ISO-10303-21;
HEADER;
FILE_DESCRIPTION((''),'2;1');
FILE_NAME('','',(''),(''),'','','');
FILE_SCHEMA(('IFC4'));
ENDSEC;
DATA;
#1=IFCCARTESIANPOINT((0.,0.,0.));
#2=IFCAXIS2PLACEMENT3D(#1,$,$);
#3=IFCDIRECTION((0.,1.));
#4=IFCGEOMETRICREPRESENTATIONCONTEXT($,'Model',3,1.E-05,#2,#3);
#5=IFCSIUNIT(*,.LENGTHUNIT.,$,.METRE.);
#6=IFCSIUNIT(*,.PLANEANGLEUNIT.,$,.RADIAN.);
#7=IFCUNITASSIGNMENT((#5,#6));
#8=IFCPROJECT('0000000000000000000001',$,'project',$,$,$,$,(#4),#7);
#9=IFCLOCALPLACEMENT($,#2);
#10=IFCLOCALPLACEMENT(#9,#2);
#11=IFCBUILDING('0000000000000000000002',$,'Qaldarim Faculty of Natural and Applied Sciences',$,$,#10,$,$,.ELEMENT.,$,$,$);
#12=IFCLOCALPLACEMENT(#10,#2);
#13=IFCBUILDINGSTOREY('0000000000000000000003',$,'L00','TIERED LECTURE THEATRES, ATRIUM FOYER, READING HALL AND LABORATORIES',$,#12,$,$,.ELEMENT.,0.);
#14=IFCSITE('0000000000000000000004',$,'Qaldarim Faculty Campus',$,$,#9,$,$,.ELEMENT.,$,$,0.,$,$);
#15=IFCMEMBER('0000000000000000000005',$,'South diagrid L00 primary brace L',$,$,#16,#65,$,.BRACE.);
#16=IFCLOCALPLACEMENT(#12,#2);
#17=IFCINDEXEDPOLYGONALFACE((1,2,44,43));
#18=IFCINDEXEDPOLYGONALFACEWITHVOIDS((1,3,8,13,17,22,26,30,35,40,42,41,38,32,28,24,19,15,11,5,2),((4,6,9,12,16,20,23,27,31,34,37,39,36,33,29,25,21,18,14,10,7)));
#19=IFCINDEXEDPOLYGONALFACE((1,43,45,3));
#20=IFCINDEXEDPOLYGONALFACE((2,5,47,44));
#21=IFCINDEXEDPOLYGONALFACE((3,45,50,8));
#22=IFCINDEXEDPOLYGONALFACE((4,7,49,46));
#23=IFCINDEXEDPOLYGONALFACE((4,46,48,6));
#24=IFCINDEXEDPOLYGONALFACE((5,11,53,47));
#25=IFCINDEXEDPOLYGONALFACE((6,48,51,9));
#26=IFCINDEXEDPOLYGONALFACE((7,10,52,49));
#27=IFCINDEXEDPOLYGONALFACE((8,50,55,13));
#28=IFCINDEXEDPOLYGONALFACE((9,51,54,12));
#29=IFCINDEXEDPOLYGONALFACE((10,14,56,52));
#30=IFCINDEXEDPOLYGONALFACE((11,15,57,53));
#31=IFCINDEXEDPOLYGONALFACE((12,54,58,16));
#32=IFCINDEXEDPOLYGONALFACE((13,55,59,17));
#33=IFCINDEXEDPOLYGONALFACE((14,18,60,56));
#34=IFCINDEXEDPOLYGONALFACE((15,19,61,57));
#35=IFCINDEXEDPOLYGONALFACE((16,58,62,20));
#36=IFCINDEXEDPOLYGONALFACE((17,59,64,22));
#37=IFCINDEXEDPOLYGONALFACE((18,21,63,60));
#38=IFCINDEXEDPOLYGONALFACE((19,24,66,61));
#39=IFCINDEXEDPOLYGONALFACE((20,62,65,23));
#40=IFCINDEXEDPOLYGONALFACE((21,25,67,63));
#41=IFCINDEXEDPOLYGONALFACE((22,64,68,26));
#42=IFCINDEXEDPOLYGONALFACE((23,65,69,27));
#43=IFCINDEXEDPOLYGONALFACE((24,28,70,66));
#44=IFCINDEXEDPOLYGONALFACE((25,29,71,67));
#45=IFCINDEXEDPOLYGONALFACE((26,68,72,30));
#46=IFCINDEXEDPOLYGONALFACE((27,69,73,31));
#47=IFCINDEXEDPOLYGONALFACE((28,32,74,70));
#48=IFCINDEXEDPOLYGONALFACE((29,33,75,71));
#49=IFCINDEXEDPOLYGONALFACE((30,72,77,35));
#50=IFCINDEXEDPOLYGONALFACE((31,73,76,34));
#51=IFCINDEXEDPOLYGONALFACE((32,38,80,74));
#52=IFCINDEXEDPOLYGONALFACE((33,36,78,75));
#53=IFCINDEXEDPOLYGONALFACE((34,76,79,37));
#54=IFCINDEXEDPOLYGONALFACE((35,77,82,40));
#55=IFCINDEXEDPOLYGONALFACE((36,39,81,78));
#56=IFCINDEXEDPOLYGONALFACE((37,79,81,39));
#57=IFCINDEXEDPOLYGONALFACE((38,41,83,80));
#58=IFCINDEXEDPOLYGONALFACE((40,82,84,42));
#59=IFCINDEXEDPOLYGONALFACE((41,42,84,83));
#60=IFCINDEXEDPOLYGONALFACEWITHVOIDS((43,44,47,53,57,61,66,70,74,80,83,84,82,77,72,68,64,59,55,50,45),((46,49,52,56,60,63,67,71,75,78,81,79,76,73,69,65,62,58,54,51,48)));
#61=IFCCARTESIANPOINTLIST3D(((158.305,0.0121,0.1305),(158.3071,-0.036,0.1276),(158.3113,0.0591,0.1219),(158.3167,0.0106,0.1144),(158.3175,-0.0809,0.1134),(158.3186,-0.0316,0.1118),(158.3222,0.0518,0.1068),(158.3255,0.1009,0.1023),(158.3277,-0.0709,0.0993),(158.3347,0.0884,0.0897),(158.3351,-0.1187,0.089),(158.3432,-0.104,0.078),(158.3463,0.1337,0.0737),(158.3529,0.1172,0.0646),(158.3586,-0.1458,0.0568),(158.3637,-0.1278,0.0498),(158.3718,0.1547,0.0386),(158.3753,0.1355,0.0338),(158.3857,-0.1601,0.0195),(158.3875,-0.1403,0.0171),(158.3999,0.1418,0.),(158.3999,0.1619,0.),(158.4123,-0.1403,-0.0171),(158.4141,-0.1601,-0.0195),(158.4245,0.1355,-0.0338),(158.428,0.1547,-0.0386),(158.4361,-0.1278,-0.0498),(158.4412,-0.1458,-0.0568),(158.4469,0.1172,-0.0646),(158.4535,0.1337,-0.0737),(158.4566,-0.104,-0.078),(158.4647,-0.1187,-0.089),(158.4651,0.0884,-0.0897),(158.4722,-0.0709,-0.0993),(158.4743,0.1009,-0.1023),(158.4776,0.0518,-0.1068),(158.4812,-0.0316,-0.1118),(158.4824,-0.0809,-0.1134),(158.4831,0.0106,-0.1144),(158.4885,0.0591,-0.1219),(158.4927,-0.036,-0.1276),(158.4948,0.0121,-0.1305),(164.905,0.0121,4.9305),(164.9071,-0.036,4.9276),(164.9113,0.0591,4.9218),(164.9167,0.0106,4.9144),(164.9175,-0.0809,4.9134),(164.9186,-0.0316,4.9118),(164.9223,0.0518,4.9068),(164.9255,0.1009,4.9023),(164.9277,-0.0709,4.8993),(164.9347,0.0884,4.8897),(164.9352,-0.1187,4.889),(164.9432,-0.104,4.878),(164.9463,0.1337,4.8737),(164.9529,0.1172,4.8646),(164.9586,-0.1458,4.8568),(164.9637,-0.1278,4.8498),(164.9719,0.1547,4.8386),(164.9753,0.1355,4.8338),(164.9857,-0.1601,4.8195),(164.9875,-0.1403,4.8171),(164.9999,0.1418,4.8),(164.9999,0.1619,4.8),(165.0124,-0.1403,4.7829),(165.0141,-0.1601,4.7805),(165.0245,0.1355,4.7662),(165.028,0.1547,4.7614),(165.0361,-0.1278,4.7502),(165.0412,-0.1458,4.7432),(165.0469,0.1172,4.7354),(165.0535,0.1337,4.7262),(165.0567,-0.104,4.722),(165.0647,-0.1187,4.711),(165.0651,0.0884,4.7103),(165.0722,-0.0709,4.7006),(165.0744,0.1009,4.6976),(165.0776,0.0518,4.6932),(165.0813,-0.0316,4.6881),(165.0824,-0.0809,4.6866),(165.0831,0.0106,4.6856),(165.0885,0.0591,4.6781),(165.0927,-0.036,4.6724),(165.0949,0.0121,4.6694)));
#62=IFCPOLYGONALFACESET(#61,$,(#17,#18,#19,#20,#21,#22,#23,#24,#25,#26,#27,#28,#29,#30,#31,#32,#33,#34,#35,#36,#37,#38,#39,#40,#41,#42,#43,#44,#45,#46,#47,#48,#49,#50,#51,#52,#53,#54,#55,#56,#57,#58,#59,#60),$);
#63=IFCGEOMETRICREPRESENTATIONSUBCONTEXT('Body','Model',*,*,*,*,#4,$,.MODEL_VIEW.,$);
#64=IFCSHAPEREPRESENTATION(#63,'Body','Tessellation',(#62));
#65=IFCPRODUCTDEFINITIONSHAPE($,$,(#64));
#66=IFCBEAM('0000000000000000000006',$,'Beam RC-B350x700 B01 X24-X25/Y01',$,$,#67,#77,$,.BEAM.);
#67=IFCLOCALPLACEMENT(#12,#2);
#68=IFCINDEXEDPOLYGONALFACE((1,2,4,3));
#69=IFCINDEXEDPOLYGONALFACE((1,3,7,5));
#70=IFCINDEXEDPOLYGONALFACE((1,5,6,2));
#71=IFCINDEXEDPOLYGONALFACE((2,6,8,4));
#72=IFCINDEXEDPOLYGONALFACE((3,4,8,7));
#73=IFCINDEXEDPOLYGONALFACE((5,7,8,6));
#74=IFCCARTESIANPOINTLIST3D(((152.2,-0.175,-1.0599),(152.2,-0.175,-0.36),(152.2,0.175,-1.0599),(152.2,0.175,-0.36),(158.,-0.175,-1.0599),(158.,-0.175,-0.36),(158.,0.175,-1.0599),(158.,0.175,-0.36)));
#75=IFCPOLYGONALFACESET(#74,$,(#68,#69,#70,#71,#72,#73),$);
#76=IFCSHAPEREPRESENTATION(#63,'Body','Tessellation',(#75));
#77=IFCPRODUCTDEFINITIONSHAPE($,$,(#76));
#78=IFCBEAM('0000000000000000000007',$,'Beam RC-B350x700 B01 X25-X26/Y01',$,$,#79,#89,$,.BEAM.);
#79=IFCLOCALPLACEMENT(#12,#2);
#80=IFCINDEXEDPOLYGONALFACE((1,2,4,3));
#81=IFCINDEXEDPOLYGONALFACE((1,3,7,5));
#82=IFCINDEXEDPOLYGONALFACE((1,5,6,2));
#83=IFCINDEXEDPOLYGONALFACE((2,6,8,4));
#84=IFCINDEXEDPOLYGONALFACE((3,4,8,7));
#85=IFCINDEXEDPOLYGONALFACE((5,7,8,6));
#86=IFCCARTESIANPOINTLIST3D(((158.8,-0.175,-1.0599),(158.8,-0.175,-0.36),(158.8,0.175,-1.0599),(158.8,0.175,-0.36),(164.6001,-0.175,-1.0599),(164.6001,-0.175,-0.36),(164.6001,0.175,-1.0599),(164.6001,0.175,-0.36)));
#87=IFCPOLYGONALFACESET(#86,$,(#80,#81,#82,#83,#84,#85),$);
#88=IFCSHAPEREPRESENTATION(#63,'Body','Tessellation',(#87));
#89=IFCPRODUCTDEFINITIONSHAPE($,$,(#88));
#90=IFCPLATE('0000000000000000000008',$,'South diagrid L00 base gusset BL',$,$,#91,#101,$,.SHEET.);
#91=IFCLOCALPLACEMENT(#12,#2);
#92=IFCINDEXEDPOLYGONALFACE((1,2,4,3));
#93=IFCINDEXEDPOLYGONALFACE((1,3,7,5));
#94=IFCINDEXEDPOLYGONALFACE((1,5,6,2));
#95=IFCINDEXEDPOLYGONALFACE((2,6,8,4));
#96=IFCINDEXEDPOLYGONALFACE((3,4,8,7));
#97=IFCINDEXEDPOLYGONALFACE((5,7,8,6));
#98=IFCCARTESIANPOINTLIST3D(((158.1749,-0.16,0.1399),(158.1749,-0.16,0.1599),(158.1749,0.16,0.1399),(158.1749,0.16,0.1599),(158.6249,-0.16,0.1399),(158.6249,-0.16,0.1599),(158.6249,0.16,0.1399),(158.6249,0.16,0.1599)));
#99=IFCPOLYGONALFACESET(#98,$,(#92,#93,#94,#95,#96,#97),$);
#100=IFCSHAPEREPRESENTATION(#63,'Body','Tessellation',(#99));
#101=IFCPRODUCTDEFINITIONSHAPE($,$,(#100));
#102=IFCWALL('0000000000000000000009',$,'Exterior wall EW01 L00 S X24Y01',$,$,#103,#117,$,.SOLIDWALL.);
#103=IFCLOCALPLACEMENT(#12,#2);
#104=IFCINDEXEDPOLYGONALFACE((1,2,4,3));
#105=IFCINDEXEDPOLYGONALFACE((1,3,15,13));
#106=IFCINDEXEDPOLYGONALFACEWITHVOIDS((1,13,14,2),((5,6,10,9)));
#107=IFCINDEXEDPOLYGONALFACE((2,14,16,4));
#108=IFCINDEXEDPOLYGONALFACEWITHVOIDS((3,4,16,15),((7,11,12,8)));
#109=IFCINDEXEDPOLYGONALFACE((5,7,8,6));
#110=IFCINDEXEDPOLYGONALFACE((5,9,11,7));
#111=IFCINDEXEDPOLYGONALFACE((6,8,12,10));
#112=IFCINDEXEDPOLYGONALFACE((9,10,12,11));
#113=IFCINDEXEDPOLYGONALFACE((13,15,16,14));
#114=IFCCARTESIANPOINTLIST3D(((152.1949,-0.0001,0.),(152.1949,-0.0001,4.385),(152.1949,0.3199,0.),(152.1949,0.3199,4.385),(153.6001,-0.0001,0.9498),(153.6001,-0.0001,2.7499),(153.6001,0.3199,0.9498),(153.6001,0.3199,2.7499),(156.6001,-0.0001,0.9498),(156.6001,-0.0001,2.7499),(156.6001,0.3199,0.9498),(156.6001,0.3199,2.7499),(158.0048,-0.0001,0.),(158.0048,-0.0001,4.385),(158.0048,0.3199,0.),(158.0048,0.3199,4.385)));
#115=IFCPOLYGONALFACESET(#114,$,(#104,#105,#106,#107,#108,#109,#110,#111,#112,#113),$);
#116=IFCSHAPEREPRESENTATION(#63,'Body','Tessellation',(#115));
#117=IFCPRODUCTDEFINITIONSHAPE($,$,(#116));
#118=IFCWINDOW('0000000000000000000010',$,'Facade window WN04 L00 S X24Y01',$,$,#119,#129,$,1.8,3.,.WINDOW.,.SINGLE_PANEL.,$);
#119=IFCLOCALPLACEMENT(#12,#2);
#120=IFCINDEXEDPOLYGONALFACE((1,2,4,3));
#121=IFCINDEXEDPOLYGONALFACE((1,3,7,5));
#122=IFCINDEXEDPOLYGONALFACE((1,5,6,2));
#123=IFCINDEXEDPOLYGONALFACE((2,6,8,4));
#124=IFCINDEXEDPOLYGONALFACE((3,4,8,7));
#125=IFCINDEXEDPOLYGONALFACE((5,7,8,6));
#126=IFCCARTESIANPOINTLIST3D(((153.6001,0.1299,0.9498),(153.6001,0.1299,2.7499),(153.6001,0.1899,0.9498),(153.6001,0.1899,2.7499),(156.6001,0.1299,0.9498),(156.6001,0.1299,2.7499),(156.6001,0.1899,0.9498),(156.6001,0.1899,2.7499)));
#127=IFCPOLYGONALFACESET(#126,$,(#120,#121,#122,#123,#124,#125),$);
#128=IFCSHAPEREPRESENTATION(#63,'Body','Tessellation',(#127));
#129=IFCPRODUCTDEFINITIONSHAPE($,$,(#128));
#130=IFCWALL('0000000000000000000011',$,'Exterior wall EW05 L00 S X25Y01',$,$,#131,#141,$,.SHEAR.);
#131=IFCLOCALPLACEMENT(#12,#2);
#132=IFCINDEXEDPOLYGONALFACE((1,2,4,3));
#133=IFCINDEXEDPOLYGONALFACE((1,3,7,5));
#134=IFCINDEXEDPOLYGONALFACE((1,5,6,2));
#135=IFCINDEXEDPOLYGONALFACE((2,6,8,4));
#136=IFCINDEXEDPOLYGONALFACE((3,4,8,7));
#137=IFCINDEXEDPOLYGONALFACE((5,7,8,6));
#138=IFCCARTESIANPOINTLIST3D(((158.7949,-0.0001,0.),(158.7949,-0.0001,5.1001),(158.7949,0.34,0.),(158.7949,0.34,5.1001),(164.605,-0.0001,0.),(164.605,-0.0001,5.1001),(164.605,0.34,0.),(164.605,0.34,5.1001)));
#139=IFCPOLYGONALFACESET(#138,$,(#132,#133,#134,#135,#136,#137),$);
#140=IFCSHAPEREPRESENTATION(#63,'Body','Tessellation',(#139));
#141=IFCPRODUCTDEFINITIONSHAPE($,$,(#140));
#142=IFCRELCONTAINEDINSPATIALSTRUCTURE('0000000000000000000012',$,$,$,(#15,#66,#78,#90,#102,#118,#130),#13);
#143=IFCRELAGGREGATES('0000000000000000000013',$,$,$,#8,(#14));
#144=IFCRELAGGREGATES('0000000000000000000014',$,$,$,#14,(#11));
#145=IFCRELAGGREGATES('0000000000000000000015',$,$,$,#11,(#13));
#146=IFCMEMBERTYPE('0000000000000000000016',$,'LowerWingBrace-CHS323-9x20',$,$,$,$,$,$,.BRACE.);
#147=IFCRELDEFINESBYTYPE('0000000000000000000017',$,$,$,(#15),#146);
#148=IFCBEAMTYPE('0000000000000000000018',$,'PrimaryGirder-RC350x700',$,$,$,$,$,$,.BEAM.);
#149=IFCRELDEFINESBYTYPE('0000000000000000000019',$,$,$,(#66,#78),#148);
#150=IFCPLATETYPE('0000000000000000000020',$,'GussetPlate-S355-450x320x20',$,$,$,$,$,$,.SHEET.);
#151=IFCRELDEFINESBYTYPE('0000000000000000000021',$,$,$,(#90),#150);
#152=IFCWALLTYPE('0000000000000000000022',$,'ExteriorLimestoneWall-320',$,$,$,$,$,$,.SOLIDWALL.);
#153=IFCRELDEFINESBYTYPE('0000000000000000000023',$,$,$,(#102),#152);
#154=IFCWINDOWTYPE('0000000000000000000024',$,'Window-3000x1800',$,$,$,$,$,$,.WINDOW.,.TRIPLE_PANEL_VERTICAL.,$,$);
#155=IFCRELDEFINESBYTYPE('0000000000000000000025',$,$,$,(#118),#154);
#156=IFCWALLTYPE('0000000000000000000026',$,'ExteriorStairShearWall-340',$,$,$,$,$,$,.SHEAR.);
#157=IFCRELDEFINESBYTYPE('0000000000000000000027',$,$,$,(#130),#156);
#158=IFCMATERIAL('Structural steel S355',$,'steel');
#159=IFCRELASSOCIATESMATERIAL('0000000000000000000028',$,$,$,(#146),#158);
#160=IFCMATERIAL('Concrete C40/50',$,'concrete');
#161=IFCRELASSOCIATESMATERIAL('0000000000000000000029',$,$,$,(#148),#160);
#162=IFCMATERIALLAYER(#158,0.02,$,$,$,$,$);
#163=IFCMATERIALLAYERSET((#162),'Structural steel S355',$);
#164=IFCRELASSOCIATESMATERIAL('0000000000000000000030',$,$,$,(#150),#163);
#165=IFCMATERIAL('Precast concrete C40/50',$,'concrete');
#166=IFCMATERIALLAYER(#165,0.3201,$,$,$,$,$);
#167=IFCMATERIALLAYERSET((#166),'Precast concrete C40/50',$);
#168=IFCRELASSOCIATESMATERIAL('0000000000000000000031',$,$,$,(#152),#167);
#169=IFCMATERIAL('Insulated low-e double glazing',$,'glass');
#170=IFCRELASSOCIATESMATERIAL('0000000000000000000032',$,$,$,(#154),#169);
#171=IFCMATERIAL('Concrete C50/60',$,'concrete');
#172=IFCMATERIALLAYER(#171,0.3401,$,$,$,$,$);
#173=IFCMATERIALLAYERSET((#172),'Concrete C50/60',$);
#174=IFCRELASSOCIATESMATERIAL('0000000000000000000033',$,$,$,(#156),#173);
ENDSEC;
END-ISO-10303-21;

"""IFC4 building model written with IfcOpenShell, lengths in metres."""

from ifc_helpers import new_model, si_unit, direction, frame, frame_2d, origin, origin_2d, place, context, subcontext, project, spatial, rectangle, hollow_circle, extrude, material, layer, layer_set, material_profile, profile_set, type_object, element, fill, save


model = new_model("IFC4")

# Units and contexts
model_context = context("Model", 3, precision=1e-05, world=origin(), true_north=direction((0.0, 1.0)))
body_context = subcontext(model_context, "Body", "Model", "MODEL_VIEW")
ifc_project = project(units=[si_unit("LENGTHUNIT", "METRE"), si_unit("PLANEANGLEUNIT", "RADIAN")], contexts=[model_context])

# Site, building, storey
site_placement = place(None, origin())
site = spatial("IfcSite", under=ifc_project, at=site_placement, Name="Qaldarim Faculty Campus", CompositionType="ELEMENT", RefElevation=0.0)
building_placement = place(site_placement, origin())
building = spatial("IfcBuilding", under=site, at=building_placement, Name="Qaldarim Faculty of Natural and Applied Sciences", CompositionType="ELEMENT")
storey_placement = place(building_placement, origin())
storey = spatial("IfcBuildingStorey", under=building, at=storey_placement, Name="L00", Description="TIERED LECTURE THEATRES, ATRIUM FOYER, READING HALL AND LABORATORIES", CompositionType="ELEMENT", Elevation=0.0)

# Shared definitions
ifc_material_1 = material(Name="Concrete C40/50", Category="concrete")

# Shared definitions
ifc_material_2 = material(Name="Concrete C50/60", Category="concrete")

# Member
ifc_material_3 = material(Name="Structural steel S355", Category="steel")
ifc_material_profile_1 = material_profile(ifc_material_3, hollow_circle(Radius=0.1619, WallThickness=0.02, at=origin_2d()), Name="CHS 323.9x20.0")
ifc_profile_set_1 = profile_set([ifc_material_profile_1], Name="Structural steel S355")
member_type = type_object("IfcMemberType", Name="LowerWingBrace-CHS323-9x20", PredefinedType="BRACE", material=ifc_profile_set_1)
member_placement = place(storey_placement, frame((158.3999, 0.0, 0.0), z_axis=(0.808737, 0.0, 0.58817), x_axis=(0.0, 1.0, 0.0)))
element("IfcMember", 1, at=member_placement, inside=storey, type_object=member_type, Name="South diagrid L00 primary brace L", PredefinedType="BRACE", context=body_context, shape_type="SweptSolid", body=[
    extrude(hollow_circle(Radius=0.1619, WallThickness=0.02, at=origin_2d()), origin(), (0.0, 0.0, 1.0), 8.1609),
])

# Beams
ifc_material_profile_2 = material_profile(ifc_material_1, rectangle(XDim=0.3501, YDim=0.7, at=origin_2d()), Name="RC-B350x700")
ifc_profile_set_2 = profile_set([ifc_material_profile_2], Name="Concrete C40/50")
beam_type_1 = type_object("IfcBeamType", Name="PrimaryGirder-RC350x700", PredefinedType="BEAM", material=ifc_profile_set_2)
for number, where, z_axis, x_axis, name in (
    (2, (152.2, 0.0, -0.71), (1.0, 0.0, 0.0), (0.0, 1.0, 0.0), "Beam RC-B350x700 B01 X24-X25/Y01"),
    (3, (158.8, 0.0, -0.71), (1.0, 0.0, 0.0), (0.0, 1.0, 0.0), "Beam RC-B350x700 B01 X25-X26/Y01"),
):
    element("IfcBeam", number, at=place(storey_placement, frame(where, z_axis=z_axis, x_axis=x_axis)), inside=storey, type_object=beam_type_1, Name=name, PredefinedType="BEAM", context=body_context, shape_type="SweptSolid", body=[
        extrude(rectangle(XDim=0.3501, YDim=0.7, at=origin_2d()), origin(), (0.0, 0.0, 1.0), 5.8),
    ])

# Plate
ifc_layer_1 = layer(ifc_material_3, 0.02)
ifc_layer_set_1 = layer_set([ifc_layer_1], Name="Structural steel S355")
plate_type = type_object("IfcPlateType", Name="GussetPlate-S355-450x320x20", PredefinedType="SHEET", material=ifc_layer_set_1)
plate_placement = place(storey_placement, frame((158.3999, 0.0, 0.1399), z_axis=(0.0, 0.0, 1.0), x_axis=(1.0, 0.0, 0.0)))
element("IfcPlate", 4, at=plate_placement, inside=storey, type_object=plate_type, Name="South diagrid L00 base gusset BL", PredefinedType="SHEET", context=body_context, shape_type="SweptSolid", body=[
    extrude(rectangle(XDim=0.45, YDim=0.3201, at=origin_2d()), origin(), (0.0, 0.0, 1.0), 0.02),
])

# Wall, opening, window
ifc_material_4 = material(Name="Precast concrete C40/50", Category="concrete")
ifc_layer_2 = layer(ifc_material_4, 0.3201)
ifc_layer_set_2 = layer_set([ifc_layer_2], Name="Precast concrete C40/50")
wall_type_1 = type_object("IfcWallType", Name="ExteriorLimestoneWall-320", PredefinedType="SOLIDWALL", material=ifc_layer_set_2)
wall_1_placement = place(storey_placement, frame((152.1951, 0.1599, 0.0), z_axis=(0.0, 0.0, 1.0), x_axis=(1.0, 0.0, 0.0)))
wall_1 = element("IfcWall", 5, at=wall_1_placement, inside=storey, type_object=wall_type_1, Name="Exterior wall EW01 L00 S X24Y01", PredefinedType="SOLIDWALL", context=body_context, shape_type="SweptSolid", body=[
    extrude(rectangle(XDim=5.8098, YDim=0.3201, at=frame_2d((2.9048, 0.0))), origin(), (0.0, 0.0, 1.0), 4.385),
])
opening_1_placement = place(wall_1_placement, frame((1.405, 0.0, 0.95)))
opening_1 = element("IfcOpeningElement", 6, at=opening_1_placement, cuts=wall_1, PredefinedType="OPENING", context=body_context, shape_type="SweptSolid", body=[
    extrude(rectangle(XDim=3.0, YDim=1.8, at=frame_2d((1.5, 0.8999))), frame((0.0, 0.1699, 0.0), z_axis=(0.0, -1.0, 0.0), x_axis=(1.0, 0.0, 0.0)), (0.0, 0.0, 1.0), 0.3401),
])
ifc_material_5 = material(Name="Insulated low-e double glazing", Category="glass")
window_type = type_object("IfcWindowType", Name="Window-3000x1800", PartitioningType="TRIPLE_PANEL_VERTICAL", PredefinedType="WINDOW", material=ifc_material_5)
window_placement = place(opening_1_placement, origin())
window = element("IfcWindow", 7, at=window_placement, inside=storey, type_object=window_type, Name="Facade window WN04 L00 S X24Y01", OverallHeight=1.8, OverallWidth=3.0, PartitioningType="SINGLE_PANEL", PredefinedType="WINDOW", context=body_context, shape_type="SweptSolid", body=[
    extrude(rectangle(XDim=3.0, YDim=1.8, at=frame_2d((1.5, 0.8999))), frame((0.0, 0.03, 0.0), z_axis=(0.0, -1.0, 0.0), x_axis=(1.0, 0.0, 0.0)), (0.0, 0.0, 1.0), 0.0601),
])
fill(opening_1, window)

# Wall
ifc_layer_3 = layer(ifc_material_2, 0.3401)
ifc_layer_set_3 = layer_set([ifc_layer_3], Name="Concrete C50/60")
wall_type_2 = type_object("IfcWallType", Name="ExteriorStairShearWall-340", PredefinedType="SHEAR", material=ifc_layer_set_3)
wall_2_placement = place(storey_placement, frame((158.7949, 0.1699, 0.0), z_axis=(0.0, 0.0, 1.0), x_axis=(1.0, 0.0, 0.0)))
element("IfcWall", 8, at=wall_2_placement, inside=storey, type_object=wall_type_2, Name="Exterior wall EW05 L00 S X25Y01", PredefinedType="SHEAR", context=body_context, shape_type="SweptSolid", body=[
    extrude(rectangle(XDim=5.8101, YDim=0.3401, at=frame_2d((2.905, 0.0))), origin(), (0.0, 0.0, 1.0), 5.1001),
])

save(model, "model.ifc")
